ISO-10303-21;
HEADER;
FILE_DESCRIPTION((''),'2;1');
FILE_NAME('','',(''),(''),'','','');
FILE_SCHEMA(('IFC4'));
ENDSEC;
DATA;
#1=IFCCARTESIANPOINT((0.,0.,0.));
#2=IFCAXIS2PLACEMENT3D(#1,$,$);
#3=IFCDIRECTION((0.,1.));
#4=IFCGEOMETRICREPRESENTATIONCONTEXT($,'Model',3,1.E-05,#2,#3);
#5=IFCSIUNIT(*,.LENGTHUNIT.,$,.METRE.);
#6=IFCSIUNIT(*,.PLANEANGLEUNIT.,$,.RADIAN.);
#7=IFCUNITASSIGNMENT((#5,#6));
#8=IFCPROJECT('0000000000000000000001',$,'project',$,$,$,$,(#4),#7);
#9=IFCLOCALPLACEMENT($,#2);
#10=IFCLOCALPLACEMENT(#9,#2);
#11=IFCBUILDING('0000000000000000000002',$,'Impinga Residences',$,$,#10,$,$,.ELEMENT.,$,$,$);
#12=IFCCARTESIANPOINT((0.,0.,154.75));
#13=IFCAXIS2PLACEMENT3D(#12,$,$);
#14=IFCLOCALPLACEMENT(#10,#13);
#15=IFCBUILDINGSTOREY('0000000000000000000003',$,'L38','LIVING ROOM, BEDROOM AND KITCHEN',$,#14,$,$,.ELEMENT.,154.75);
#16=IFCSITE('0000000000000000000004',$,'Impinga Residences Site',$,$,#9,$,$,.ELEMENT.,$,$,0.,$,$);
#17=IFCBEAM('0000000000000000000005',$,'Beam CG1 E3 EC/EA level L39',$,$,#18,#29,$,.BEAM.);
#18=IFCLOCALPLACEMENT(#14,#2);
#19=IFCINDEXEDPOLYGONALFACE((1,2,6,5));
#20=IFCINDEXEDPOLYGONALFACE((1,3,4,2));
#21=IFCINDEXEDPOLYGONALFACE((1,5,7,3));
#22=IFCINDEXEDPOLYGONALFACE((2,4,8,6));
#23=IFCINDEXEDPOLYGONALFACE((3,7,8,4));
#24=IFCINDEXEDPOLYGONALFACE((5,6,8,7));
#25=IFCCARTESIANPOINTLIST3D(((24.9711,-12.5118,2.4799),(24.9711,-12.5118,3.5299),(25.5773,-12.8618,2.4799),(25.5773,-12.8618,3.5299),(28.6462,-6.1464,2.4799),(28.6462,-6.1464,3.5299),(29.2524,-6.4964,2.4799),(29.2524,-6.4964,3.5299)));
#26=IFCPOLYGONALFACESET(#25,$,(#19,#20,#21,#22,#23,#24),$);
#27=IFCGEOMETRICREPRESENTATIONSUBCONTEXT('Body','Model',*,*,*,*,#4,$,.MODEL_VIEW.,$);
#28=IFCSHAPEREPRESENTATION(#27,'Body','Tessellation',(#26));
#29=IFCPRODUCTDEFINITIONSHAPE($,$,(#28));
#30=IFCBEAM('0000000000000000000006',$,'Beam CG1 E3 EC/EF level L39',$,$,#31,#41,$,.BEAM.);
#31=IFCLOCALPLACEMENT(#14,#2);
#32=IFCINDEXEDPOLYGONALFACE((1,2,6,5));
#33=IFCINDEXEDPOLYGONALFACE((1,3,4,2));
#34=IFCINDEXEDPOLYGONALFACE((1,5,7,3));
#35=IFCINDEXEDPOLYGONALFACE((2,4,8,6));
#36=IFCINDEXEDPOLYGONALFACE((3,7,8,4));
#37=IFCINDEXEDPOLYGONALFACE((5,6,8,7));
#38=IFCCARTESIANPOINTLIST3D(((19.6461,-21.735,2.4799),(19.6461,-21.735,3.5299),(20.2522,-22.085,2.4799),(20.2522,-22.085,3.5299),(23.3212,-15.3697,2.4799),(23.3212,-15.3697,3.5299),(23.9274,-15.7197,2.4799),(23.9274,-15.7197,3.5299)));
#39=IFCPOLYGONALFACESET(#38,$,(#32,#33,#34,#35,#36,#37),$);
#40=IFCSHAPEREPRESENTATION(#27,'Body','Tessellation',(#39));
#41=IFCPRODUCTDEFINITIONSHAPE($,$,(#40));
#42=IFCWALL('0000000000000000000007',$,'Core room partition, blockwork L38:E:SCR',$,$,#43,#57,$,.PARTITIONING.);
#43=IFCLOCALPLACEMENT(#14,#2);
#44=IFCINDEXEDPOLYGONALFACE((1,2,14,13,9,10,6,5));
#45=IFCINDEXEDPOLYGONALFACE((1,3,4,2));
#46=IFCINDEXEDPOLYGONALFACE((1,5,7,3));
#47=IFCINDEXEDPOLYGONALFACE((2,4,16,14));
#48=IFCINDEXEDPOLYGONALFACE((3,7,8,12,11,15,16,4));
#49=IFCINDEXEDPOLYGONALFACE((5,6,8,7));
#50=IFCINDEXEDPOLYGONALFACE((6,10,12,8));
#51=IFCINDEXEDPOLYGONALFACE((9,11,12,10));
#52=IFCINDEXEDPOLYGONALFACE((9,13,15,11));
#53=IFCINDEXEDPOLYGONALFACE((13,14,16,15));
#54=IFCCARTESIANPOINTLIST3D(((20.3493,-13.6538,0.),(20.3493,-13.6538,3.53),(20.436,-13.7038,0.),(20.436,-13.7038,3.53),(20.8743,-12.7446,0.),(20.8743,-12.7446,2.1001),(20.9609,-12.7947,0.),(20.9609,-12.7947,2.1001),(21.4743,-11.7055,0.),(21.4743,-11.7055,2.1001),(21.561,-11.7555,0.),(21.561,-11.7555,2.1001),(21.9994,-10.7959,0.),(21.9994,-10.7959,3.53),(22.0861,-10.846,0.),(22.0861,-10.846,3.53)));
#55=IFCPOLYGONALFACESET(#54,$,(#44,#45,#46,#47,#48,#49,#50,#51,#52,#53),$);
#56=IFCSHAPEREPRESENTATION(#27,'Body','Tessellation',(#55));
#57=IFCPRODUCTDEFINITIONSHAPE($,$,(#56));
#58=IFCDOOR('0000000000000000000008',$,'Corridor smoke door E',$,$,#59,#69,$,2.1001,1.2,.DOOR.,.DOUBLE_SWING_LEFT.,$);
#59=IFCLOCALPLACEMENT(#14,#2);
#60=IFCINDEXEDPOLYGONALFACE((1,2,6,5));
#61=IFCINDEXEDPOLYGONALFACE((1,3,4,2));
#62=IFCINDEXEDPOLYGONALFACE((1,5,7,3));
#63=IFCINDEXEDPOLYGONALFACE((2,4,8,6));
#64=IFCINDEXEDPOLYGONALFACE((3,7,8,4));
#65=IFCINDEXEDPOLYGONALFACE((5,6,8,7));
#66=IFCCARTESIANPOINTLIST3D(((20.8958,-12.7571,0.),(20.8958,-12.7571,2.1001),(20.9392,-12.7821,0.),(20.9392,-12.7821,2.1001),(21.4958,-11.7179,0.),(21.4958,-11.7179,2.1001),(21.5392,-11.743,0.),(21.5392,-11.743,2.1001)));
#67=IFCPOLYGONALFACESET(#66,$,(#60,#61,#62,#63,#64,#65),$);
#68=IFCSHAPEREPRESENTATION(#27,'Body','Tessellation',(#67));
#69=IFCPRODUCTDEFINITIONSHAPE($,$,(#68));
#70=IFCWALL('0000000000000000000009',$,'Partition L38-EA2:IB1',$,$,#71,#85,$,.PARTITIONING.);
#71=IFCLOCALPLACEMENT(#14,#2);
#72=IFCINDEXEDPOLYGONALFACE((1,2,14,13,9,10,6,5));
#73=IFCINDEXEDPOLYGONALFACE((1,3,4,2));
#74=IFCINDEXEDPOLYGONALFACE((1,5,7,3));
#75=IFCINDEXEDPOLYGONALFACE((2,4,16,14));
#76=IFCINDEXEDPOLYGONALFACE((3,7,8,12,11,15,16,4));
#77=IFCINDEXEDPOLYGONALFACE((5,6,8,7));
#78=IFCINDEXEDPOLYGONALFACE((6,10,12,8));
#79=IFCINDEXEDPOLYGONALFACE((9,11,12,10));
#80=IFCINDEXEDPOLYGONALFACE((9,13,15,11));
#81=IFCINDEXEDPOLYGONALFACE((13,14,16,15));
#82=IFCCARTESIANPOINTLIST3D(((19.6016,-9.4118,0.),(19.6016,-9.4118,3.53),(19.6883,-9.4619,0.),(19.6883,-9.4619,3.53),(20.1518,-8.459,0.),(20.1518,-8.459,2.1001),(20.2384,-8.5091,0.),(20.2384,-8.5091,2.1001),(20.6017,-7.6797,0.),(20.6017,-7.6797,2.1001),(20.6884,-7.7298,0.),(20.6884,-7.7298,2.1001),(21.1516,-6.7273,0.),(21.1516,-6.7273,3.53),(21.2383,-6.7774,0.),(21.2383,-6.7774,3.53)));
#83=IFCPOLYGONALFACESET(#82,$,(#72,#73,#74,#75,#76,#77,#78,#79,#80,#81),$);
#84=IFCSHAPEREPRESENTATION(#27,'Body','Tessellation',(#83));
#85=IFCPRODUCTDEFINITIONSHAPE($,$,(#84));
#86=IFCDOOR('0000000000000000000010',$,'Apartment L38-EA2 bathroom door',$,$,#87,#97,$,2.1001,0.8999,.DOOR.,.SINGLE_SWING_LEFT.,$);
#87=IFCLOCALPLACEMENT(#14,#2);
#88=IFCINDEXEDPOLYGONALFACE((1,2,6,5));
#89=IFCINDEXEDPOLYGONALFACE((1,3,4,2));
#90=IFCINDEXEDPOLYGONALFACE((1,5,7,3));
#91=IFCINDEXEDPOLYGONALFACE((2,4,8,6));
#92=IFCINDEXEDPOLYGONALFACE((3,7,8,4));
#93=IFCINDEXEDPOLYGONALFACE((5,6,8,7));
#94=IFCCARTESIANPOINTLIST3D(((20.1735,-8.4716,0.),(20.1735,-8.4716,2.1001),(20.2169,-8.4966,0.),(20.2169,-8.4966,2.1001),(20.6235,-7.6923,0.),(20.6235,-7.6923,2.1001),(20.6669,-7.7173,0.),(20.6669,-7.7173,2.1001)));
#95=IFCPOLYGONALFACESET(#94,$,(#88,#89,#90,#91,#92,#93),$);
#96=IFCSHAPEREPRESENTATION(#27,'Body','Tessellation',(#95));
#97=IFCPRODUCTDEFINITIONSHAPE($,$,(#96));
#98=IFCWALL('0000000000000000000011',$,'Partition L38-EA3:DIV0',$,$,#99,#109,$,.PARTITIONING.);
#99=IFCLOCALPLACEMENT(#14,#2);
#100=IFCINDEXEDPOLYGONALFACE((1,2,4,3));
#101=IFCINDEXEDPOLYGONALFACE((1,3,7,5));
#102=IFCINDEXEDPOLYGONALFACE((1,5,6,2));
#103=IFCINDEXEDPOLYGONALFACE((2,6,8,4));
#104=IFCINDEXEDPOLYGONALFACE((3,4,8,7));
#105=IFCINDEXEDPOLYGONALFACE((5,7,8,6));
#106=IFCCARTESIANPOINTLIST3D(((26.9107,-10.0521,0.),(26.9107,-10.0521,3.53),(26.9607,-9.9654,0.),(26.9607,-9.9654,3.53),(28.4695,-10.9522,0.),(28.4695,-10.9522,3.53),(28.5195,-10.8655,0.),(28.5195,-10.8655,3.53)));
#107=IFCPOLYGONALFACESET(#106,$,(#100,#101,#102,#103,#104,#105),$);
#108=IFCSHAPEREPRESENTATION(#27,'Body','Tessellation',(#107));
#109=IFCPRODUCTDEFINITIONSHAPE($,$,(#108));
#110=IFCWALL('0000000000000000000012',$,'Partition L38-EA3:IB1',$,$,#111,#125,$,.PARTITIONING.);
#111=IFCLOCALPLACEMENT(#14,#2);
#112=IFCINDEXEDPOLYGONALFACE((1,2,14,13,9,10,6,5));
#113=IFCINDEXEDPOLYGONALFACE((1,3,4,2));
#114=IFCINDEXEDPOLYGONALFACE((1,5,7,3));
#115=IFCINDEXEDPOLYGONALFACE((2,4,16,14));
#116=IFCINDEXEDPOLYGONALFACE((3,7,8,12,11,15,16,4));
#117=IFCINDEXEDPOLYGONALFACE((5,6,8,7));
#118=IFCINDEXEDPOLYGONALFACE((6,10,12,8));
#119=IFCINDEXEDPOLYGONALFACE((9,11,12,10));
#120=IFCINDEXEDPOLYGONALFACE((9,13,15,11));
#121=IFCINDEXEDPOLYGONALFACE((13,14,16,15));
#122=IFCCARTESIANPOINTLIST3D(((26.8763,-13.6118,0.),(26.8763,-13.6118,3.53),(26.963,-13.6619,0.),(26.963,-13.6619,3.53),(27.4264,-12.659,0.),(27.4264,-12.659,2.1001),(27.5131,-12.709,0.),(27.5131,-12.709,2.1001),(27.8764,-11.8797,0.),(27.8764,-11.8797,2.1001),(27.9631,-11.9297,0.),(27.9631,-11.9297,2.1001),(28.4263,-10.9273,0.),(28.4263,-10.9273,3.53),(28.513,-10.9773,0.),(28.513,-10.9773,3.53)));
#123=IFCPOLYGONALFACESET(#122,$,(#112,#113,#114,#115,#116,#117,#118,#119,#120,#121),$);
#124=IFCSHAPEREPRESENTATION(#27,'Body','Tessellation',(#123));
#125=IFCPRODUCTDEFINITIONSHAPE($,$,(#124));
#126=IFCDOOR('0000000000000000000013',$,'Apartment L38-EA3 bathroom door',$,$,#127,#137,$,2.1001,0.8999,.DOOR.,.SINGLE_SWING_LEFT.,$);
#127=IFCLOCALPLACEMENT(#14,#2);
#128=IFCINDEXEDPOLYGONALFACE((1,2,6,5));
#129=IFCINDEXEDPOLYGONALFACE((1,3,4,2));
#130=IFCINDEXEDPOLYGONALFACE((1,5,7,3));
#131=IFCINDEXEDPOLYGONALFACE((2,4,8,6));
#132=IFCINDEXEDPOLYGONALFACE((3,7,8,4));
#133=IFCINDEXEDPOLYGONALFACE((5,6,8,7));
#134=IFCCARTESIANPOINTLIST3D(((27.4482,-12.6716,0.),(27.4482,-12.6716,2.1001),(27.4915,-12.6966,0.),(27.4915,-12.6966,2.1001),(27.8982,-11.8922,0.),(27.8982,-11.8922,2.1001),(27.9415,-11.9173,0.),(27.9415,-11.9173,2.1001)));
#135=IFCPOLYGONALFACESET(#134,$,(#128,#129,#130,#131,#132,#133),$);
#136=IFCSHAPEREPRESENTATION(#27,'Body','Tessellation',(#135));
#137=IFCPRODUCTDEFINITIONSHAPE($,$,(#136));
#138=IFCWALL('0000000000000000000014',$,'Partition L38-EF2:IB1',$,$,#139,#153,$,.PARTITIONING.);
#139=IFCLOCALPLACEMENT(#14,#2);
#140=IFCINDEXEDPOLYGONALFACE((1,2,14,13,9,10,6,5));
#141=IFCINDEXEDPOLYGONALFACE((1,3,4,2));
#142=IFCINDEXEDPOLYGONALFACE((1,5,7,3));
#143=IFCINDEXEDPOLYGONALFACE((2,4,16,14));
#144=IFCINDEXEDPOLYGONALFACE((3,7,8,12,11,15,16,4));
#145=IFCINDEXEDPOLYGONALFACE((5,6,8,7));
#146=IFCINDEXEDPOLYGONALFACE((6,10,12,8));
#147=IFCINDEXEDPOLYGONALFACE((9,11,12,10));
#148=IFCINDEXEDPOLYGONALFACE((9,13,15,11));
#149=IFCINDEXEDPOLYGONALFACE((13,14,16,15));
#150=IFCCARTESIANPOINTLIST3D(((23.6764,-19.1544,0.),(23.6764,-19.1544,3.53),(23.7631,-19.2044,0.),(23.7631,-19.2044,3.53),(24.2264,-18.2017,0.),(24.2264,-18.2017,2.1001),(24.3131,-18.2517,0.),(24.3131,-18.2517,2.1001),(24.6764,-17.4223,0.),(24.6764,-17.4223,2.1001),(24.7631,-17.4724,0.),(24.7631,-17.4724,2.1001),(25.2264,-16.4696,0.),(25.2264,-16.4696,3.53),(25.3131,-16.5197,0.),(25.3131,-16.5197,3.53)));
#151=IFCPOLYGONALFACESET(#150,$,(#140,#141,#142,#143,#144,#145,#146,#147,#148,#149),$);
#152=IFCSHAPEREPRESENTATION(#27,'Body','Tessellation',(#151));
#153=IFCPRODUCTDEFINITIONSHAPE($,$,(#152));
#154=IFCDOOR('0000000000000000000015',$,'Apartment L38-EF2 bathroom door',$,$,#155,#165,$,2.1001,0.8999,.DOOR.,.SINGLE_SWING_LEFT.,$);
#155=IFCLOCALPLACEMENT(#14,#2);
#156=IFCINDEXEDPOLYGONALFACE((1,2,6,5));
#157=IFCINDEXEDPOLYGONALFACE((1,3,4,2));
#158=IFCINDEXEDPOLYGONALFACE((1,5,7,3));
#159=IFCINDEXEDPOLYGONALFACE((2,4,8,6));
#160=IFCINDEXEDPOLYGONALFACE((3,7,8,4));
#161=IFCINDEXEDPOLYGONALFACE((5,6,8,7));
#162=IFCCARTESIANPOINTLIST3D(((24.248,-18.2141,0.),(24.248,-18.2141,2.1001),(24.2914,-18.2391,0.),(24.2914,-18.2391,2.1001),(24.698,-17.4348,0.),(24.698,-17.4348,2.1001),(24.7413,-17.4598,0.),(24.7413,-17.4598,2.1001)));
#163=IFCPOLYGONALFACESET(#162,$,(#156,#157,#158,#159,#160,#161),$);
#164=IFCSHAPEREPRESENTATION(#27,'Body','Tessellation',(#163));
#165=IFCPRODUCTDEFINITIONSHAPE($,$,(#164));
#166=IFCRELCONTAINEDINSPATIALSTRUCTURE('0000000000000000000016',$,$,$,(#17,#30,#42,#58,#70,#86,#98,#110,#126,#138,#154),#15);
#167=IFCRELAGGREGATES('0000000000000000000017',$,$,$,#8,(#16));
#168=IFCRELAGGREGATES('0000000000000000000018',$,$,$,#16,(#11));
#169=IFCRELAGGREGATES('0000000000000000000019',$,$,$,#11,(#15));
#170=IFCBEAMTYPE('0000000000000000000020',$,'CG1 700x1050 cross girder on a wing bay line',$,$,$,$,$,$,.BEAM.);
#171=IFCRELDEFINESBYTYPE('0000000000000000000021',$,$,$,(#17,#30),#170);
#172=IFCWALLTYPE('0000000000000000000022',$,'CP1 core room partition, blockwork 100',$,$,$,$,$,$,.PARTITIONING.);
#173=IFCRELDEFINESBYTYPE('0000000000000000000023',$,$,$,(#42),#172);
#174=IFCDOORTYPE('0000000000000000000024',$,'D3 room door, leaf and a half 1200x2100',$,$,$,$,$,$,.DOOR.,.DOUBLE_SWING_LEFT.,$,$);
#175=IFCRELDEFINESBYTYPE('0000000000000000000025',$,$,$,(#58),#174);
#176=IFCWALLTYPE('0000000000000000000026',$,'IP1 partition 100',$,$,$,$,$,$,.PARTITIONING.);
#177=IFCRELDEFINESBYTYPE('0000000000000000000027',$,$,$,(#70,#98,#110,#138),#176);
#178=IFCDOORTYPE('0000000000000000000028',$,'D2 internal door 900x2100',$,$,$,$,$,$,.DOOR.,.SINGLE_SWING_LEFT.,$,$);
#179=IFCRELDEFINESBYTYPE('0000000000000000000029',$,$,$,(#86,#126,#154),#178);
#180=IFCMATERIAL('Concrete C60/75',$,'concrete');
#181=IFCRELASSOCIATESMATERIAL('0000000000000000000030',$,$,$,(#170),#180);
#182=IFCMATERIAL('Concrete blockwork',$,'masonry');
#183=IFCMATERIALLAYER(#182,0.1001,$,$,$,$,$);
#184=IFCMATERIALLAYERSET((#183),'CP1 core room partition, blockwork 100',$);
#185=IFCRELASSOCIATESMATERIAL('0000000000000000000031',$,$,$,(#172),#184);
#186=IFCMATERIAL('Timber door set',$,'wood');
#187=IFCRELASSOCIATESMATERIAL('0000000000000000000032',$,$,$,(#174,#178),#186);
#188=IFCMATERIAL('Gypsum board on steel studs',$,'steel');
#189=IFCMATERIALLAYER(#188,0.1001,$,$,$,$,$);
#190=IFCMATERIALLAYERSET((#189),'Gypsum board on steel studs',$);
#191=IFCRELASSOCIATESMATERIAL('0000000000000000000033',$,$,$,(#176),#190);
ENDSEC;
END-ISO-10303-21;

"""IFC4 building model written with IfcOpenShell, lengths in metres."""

from ifc_helpers import new_model, si_unit, direction, frame, frame_2d, origin, origin_2d, place, context, subcontext, project, spatial, rectangle, extrude, material, layer, layer_set, material_profile, profile_set, type_object, element, fill, save


model = new_model("IFC4")

# Units and contexts
model_context = context("Model", 3, precision=1e-05, world=origin(), true_north=direction((0.0, 1.0)))
body_context = subcontext(model_context, "Body", "Model", "MODEL_VIEW")
ifc_project = project(units=[si_unit("LENGTHUNIT", "METRE"), si_unit("PLANEANGLEUNIT", "RADIAN")], contexts=[model_context])

# Site, building, storey
site_placement = place(None, origin())
site = spatial("IfcSite", under=ifc_project, at=site_placement, Name="Impinga Residences Site", CompositionType="ELEMENT", RefElevation=0.0)
building_placement = place(site_placement, origin())
building = spatial("IfcBuilding", under=site, at=building_placement, Name="Impinga Residences", CompositionType="ELEMENT")
storey_placement = place(building_placement, frame((0.0, 0.0, 154.75)))
storey = spatial("IfcBuildingStorey", under=building, at=storey_placement, Name="L38", Description="LIVING ROOM, BEDROOM AND KITCHEN", CompositionType="ELEMENT", Elevation=154.75)

# Beams
ifc_material_1 = material(Name="Concrete C60/75", Category="concrete")
ifc_material_profile = material_profile(ifc_material_1, rectangle(XDim=0.7, YDim=1.05, at=origin_2d()), Name="RC 700x1050")
ifc_profile_set = profile_set([ifc_material_profile], Name="Concrete C60/75")
beam_type = type_object("IfcBeamType", Name="CG1 700x1050 cross girder on a wing bay line", PredefinedType="BEAM", material=ifc_profile_set)
for number, where, z_axis, x_axis, name in (
    (1, (25.2742, -12.6868, 3.0049), (0.500008, 0.866021, 0.0), (-0.866021, 0.500008, 0.0), "Beam CG1 E3 EC/EA level L39"),
    (2, (23.6243, -15.5447, 3.0049), (-0.500008, -0.866021, 0.0), (0.866021, -0.500008, 0.0), "Beam CG1 E3 EC/EF level L39"),
):
    element("IfcBeam", number, at=place(storey_placement, frame(where, z_axis=z_axis, x_axis=x_axis)), inside=storey, type_object=beam_type, Name=name, PredefinedType="BEAM", context=body_context, shape_type="SweptSolid", body=[
        extrude(rectangle(XDim=0.7, YDim=1.05, at=origin_2d()), origin(), (0.0, 0.0, 1.0), 7.3501),
    ])

# Walls, openings, doors
ifc_material_2 = material(Name="Concrete blockwork", Category="masonry")
ifc_layer_1 = layer(ifc_material_2, 0.1001)
ifc_layer_set_1 = layer_set([ifc_layer_1], Name="CP1 core room partition, blockwork 100")
wall_type_1 = type_object("IfcWallType", Name="CP1 core room partition, blockwork 100", PredefinedType="PARTITIONING", material=ifc_layer_set_1)
wall_1_placement = place(storey_placement, frame((22.0427, -10.821, 0.0), z_axis=(0.0, 0.0, 1.0), x_axis=(-0.50003, -0.866008, 0.0)))
wall_1 = element("IfcWall", 3, at=wall_1_placement, inside=storey, type_object=wall_type_1, Name="Core room partition, blockwork L38:E:SCR", PredefinedType="PARTITIONING", context=body_context, shape_type="SweptSolid", body=[
    extrude(rectangle(XDim=3.3, YDim=0.1001, at=frame_2d((1.6499, 0.0))), origin(), (0.0, 0.0, 1.0), 3.53),
])
opening_1_placement = place(wall_1_placement, frame((1.05, 0.0, 0.0)))
opening_1 = element("IfcOpeningElement", 4, at=opening_1_placement, cuts=wall_1, PredefinedType="OPENING", context=body_context, shape_type="SweptSolid", body=[
    extrude(rectangle(XDim=1.2, YDim=2.1001, at=frame_2d((0.6001, 1.05))), frame((0.0, 0.0601, 0.0), z_axis=(0.0, -1.0, 0.0), x_axis=(1.0, 0.0, 0.0)), (0.0, 0.0, 1.0), 0.1201),
])
ifc_material_3 = material(Name="Timber door set", Category="wood")
door_type_1 = type_object("IfcDoorType", Name="D3 room door, leaf and a half 1200x2100", OperationType="DOUBLE_SWING_LEFT", PredefinedType="DOOR", material=ifc_material_3)
door_1_placement = place(opening_1_placement, origin())
door_1 = element("IfcDoor", 5, at=door_1_placement, inside=storey, type_object=door_type_1, Name="Corridor smoke door E", OperationType="DOUBLE_SWING_LEFT", OverallHeight=2.1001, OverallWidth=1.2, PredefinedType="DOOR", context=body_context, shape_type="SweptSolid", body=[
    extrude(rectangle(XDim=1.2, YDim=2.1001, at=frame_2d((0.6001, 1.05))), frame((0.0, 0.0249, 0.0), z_axis=(0.0, -1.0, 0.0), x_axis=(1.0, 0.0, 0.0)), (0.0, 0.0, 1.0), 0.05),
])
fill(opening_1, door_1)
ifc_material_4 = material(Name="Gypsum board on steel studs", Category="steel")
ifc_layer_2 = layer(ifc_material_4, 0.1001)
ifc_layer_set_2 = layer_set([ifc_layer_2], Name="Gypsum board on steel studs")
wall_type_2 = type_object("IfcWallType", Name="IP1 partition 100", PredefinedType="PARTITIONING", material=ifc_layer_set_2)
wall_2_placement = place(storey_placement, frame((19.645, -9.4368, 0.0), z_axis=(0.0, 0.0, 1.0), x_axis=(0.500027, 0.86601, 0.0)))
wall_2 = element("IfcWall", 6, at=wall_2_placement, inside=storey, type_object=wall_type_2, Name="Partition L38-EA2:IB1", PredefinedType="PARTITIONING", context=body_context, shape_type="SweptSolid", body=[
    extrude(rectangle(XDim=3.0999, YDim=0.1001, at=frame_2d((1.5498, 0.0))), origin(), (0.0, 0.0, 1.0), 3.53),
])
opening_2_placement = place(wall_2_placement, frame((1.1001, 0.0, 0.0)))
opening_2 = element("IfcOpeningElement", 7, at=opening_2_placement, cuts=wall_2, PredefinedType="OPENING", context=body_context, shape_type="SweptSolid", body=[
    extrude(rectangle(XDim=0.8999, YDim=2.1001, at=frame_2d((0.45, 1.05))), frame((0.0, 0.0601, 0.0), z_axis=(0.0, -1.0, 0.0), x_axis=(1.0, 0.0, 0.0)), (0.0, 0.0, 1.0), 0.1201),
])
door_type_2 = type_object("IfcDoorType", Name="D2 internal door 900x2100", OperationType="SINGLE_SWING_LEFT", PredefinedType="DOOR", material=ifc_material_3)
door_2_placement = place(opening_2_placement, origin())
door_2 = element("IfcDoor", 8, at=door_2_placement, inside=storey, type_object=door_type_2, Name="Apartment L38-EA2 bathroom door", OperationType="SINGLE_SWING_LEFT", OverallHeight=2.1001, OverallWidth=0.8999, PredefinedType="DOOR", context=body_context, shape_type="SweptSolid", body=[
    extrude(rectangle(XDim=0.8999, YDim=2.1001, at=frame_2d((0.45, 1.05))), frame((0.0, 0.0249, 0.0), z_axis=(0.0, -1.0, 0.0), x_axis=(1.0, 0.0, 0.0)), (0.0, 0.0, 1.0), 0.05),
])
fill(opening_2, door_2)

# Wall
wall_3_placement = place(storey_placement, frame((26.9358, -10.0088, 0.0), z_axis=(0.0, 0.0, 1.0), x_axis=(0.865989, -0.500063, 0.0)))
element("IfcWall", 9, at=wall_3_placement, inside=storey, type_object=wall_type_2, Name="Partition L38-EA3:DIV0", PredefinedType="PARTITIONING", context=body_context, shape_type="SweptSolid", body=[
    extrude(rectangle(XDim=1.8, YDim=0.1001, at=frame_2d((0.8999, 0.0))), origin(), (0.0, 0.0, 1.0), 3.53),
])

# Walls, openings, doors
wall_4_placement = place(storey_placement, frame((26.9197, -13.6367, 0.0), z_axis=(0.0, 0.0, 1.0), x_axis=(0.500027, 0.86601, 0.0)))
wall_4 = element("IfcWall", 10, at=wall_4_placement, inside=storey, type_object=wall_type_2, Name="Partition L38-EA3:IB1", PredefinedType="PARTITIONING", context=body_context, shape_type="SweptSolid", body=[
    extrude(rectangle(XDim=3.0999, YDim=0.1001, at=frame_2d((1.5498, 0.0))), origin(), (0.0, 0.0, 1.0), 3.53),
])
opening_3_placement = place(wall_4_placement, frame((1.1001, 0.0, 0.0)))
opening_3 = element("IfcOpeningElement", 11, at=opening_3_placement, cuts=wall_4, PredefinedType="OPENING", context=body_context, shape_type="SweptSolid", body=[
    extrude(rectangle(XDim=0.8999, YDim=2.1001, at=frame_2d((0.45, 1.05))), frame((0.0, 0.0601, 0.0), z_axis=(0.0, -1.0, 0.0), x_axis=(1.0, 0.0, 0.0)), (0.0, 0.0, 1.0), 0.1201),
])
door_3_placement = place(opening_3_placement, origin())
door_3 = element("IfcDoor", 12, at=door_3_placement, inside=storey, type_object=door_type_2, Name="Apartment L38-EA3 bathroom door", OperationType="SINGLE_SWING_LEFT", OverallHeight=2.1001, OverallWidth=0.8999, PredefinedType="DOOR", context=body_context, shape_type="SweptSolid", body=[
    extrude(rectangle(XDim=0.8999, YDim=2.1001, at=frame_2d((0.45, 1.05))), frame((0.0, 0.0249, 0.0), z_axis=(0.0, -1.0, 0.0), x_axis=(1.0, 0.0, 0.0)), (0.0, 0.0, 1.0), 0.05),
])
fill(opening_3, door_3)
wall_5_placement = place(storey_placement, frame((25.2698, -16.4946, 0.0), z_axis=(0.0, 0.0, 1.0), x_axis=(-0.499993, -0.86603, 0.0)))
wall_5 = element("IfcWall", 13, at=wall_5_placement, inside=storey, type_object=wall_type_2, Name="Partition L38-EF2:IB1", PredefinedType="PARTITIONING", context=body_context, shape_type="SweptSolid", body=[
    extrude(rectangle(XDim=3.1001, YDim=0.1001, at=frame_2d((1.55, 0.0))), origin(), (0.0, 0.0, 1.0), 3.53),
])
opening_4_placement = place(wall_5_placement, frame((1.1001, 0.0, 0.0)))
opening_4 = element("IfcOpeningElement", 14, at=opening_4_placement, cuts=wall_5, PredefinedType="OPENING", context=body_context, shape_type="SweptSolid", body=[
    extrude(rectangle(XDim=0.8999, YDim=2.1001, at=frame_2d((0.45, 1.05))), frame((0.0, 0.0601, 0.0), z_axis=(0.0, -1.0, 0.0), x_axis=(1.0, 0.0, 0.0)), (0.0, 0.0, 1.0), 0.1201),
])
door_4_placement = place(opening_4_placement, origin())
door_4 = element("IfcDoor", 15, at=door_4_placement, inside=storey, type_object=door_type_2, Name="Apartment L38-EF2 bathroom door", OperationType="SINGLE_SWING_LEFT", OverallHeight=2.1001, OverallWidth=0.8999, PredefinedType="DOOR", context=body_context, shape_type="SweptSolid", body=[
    extrude(rectangle(XDim=0.8999, YDim=2.1001, at=frame_2d((0.45, 1.05))), frame((0.0, 0.0249, 0.0), z_axis=(0.0, -1.0, 0.0), x_axis=(1.0, 0.0, 0.0)), (0.0, 0.0, 1.0), 0.05),
])
fill(opening_4, door_4)

save(model, "model.ifc")
